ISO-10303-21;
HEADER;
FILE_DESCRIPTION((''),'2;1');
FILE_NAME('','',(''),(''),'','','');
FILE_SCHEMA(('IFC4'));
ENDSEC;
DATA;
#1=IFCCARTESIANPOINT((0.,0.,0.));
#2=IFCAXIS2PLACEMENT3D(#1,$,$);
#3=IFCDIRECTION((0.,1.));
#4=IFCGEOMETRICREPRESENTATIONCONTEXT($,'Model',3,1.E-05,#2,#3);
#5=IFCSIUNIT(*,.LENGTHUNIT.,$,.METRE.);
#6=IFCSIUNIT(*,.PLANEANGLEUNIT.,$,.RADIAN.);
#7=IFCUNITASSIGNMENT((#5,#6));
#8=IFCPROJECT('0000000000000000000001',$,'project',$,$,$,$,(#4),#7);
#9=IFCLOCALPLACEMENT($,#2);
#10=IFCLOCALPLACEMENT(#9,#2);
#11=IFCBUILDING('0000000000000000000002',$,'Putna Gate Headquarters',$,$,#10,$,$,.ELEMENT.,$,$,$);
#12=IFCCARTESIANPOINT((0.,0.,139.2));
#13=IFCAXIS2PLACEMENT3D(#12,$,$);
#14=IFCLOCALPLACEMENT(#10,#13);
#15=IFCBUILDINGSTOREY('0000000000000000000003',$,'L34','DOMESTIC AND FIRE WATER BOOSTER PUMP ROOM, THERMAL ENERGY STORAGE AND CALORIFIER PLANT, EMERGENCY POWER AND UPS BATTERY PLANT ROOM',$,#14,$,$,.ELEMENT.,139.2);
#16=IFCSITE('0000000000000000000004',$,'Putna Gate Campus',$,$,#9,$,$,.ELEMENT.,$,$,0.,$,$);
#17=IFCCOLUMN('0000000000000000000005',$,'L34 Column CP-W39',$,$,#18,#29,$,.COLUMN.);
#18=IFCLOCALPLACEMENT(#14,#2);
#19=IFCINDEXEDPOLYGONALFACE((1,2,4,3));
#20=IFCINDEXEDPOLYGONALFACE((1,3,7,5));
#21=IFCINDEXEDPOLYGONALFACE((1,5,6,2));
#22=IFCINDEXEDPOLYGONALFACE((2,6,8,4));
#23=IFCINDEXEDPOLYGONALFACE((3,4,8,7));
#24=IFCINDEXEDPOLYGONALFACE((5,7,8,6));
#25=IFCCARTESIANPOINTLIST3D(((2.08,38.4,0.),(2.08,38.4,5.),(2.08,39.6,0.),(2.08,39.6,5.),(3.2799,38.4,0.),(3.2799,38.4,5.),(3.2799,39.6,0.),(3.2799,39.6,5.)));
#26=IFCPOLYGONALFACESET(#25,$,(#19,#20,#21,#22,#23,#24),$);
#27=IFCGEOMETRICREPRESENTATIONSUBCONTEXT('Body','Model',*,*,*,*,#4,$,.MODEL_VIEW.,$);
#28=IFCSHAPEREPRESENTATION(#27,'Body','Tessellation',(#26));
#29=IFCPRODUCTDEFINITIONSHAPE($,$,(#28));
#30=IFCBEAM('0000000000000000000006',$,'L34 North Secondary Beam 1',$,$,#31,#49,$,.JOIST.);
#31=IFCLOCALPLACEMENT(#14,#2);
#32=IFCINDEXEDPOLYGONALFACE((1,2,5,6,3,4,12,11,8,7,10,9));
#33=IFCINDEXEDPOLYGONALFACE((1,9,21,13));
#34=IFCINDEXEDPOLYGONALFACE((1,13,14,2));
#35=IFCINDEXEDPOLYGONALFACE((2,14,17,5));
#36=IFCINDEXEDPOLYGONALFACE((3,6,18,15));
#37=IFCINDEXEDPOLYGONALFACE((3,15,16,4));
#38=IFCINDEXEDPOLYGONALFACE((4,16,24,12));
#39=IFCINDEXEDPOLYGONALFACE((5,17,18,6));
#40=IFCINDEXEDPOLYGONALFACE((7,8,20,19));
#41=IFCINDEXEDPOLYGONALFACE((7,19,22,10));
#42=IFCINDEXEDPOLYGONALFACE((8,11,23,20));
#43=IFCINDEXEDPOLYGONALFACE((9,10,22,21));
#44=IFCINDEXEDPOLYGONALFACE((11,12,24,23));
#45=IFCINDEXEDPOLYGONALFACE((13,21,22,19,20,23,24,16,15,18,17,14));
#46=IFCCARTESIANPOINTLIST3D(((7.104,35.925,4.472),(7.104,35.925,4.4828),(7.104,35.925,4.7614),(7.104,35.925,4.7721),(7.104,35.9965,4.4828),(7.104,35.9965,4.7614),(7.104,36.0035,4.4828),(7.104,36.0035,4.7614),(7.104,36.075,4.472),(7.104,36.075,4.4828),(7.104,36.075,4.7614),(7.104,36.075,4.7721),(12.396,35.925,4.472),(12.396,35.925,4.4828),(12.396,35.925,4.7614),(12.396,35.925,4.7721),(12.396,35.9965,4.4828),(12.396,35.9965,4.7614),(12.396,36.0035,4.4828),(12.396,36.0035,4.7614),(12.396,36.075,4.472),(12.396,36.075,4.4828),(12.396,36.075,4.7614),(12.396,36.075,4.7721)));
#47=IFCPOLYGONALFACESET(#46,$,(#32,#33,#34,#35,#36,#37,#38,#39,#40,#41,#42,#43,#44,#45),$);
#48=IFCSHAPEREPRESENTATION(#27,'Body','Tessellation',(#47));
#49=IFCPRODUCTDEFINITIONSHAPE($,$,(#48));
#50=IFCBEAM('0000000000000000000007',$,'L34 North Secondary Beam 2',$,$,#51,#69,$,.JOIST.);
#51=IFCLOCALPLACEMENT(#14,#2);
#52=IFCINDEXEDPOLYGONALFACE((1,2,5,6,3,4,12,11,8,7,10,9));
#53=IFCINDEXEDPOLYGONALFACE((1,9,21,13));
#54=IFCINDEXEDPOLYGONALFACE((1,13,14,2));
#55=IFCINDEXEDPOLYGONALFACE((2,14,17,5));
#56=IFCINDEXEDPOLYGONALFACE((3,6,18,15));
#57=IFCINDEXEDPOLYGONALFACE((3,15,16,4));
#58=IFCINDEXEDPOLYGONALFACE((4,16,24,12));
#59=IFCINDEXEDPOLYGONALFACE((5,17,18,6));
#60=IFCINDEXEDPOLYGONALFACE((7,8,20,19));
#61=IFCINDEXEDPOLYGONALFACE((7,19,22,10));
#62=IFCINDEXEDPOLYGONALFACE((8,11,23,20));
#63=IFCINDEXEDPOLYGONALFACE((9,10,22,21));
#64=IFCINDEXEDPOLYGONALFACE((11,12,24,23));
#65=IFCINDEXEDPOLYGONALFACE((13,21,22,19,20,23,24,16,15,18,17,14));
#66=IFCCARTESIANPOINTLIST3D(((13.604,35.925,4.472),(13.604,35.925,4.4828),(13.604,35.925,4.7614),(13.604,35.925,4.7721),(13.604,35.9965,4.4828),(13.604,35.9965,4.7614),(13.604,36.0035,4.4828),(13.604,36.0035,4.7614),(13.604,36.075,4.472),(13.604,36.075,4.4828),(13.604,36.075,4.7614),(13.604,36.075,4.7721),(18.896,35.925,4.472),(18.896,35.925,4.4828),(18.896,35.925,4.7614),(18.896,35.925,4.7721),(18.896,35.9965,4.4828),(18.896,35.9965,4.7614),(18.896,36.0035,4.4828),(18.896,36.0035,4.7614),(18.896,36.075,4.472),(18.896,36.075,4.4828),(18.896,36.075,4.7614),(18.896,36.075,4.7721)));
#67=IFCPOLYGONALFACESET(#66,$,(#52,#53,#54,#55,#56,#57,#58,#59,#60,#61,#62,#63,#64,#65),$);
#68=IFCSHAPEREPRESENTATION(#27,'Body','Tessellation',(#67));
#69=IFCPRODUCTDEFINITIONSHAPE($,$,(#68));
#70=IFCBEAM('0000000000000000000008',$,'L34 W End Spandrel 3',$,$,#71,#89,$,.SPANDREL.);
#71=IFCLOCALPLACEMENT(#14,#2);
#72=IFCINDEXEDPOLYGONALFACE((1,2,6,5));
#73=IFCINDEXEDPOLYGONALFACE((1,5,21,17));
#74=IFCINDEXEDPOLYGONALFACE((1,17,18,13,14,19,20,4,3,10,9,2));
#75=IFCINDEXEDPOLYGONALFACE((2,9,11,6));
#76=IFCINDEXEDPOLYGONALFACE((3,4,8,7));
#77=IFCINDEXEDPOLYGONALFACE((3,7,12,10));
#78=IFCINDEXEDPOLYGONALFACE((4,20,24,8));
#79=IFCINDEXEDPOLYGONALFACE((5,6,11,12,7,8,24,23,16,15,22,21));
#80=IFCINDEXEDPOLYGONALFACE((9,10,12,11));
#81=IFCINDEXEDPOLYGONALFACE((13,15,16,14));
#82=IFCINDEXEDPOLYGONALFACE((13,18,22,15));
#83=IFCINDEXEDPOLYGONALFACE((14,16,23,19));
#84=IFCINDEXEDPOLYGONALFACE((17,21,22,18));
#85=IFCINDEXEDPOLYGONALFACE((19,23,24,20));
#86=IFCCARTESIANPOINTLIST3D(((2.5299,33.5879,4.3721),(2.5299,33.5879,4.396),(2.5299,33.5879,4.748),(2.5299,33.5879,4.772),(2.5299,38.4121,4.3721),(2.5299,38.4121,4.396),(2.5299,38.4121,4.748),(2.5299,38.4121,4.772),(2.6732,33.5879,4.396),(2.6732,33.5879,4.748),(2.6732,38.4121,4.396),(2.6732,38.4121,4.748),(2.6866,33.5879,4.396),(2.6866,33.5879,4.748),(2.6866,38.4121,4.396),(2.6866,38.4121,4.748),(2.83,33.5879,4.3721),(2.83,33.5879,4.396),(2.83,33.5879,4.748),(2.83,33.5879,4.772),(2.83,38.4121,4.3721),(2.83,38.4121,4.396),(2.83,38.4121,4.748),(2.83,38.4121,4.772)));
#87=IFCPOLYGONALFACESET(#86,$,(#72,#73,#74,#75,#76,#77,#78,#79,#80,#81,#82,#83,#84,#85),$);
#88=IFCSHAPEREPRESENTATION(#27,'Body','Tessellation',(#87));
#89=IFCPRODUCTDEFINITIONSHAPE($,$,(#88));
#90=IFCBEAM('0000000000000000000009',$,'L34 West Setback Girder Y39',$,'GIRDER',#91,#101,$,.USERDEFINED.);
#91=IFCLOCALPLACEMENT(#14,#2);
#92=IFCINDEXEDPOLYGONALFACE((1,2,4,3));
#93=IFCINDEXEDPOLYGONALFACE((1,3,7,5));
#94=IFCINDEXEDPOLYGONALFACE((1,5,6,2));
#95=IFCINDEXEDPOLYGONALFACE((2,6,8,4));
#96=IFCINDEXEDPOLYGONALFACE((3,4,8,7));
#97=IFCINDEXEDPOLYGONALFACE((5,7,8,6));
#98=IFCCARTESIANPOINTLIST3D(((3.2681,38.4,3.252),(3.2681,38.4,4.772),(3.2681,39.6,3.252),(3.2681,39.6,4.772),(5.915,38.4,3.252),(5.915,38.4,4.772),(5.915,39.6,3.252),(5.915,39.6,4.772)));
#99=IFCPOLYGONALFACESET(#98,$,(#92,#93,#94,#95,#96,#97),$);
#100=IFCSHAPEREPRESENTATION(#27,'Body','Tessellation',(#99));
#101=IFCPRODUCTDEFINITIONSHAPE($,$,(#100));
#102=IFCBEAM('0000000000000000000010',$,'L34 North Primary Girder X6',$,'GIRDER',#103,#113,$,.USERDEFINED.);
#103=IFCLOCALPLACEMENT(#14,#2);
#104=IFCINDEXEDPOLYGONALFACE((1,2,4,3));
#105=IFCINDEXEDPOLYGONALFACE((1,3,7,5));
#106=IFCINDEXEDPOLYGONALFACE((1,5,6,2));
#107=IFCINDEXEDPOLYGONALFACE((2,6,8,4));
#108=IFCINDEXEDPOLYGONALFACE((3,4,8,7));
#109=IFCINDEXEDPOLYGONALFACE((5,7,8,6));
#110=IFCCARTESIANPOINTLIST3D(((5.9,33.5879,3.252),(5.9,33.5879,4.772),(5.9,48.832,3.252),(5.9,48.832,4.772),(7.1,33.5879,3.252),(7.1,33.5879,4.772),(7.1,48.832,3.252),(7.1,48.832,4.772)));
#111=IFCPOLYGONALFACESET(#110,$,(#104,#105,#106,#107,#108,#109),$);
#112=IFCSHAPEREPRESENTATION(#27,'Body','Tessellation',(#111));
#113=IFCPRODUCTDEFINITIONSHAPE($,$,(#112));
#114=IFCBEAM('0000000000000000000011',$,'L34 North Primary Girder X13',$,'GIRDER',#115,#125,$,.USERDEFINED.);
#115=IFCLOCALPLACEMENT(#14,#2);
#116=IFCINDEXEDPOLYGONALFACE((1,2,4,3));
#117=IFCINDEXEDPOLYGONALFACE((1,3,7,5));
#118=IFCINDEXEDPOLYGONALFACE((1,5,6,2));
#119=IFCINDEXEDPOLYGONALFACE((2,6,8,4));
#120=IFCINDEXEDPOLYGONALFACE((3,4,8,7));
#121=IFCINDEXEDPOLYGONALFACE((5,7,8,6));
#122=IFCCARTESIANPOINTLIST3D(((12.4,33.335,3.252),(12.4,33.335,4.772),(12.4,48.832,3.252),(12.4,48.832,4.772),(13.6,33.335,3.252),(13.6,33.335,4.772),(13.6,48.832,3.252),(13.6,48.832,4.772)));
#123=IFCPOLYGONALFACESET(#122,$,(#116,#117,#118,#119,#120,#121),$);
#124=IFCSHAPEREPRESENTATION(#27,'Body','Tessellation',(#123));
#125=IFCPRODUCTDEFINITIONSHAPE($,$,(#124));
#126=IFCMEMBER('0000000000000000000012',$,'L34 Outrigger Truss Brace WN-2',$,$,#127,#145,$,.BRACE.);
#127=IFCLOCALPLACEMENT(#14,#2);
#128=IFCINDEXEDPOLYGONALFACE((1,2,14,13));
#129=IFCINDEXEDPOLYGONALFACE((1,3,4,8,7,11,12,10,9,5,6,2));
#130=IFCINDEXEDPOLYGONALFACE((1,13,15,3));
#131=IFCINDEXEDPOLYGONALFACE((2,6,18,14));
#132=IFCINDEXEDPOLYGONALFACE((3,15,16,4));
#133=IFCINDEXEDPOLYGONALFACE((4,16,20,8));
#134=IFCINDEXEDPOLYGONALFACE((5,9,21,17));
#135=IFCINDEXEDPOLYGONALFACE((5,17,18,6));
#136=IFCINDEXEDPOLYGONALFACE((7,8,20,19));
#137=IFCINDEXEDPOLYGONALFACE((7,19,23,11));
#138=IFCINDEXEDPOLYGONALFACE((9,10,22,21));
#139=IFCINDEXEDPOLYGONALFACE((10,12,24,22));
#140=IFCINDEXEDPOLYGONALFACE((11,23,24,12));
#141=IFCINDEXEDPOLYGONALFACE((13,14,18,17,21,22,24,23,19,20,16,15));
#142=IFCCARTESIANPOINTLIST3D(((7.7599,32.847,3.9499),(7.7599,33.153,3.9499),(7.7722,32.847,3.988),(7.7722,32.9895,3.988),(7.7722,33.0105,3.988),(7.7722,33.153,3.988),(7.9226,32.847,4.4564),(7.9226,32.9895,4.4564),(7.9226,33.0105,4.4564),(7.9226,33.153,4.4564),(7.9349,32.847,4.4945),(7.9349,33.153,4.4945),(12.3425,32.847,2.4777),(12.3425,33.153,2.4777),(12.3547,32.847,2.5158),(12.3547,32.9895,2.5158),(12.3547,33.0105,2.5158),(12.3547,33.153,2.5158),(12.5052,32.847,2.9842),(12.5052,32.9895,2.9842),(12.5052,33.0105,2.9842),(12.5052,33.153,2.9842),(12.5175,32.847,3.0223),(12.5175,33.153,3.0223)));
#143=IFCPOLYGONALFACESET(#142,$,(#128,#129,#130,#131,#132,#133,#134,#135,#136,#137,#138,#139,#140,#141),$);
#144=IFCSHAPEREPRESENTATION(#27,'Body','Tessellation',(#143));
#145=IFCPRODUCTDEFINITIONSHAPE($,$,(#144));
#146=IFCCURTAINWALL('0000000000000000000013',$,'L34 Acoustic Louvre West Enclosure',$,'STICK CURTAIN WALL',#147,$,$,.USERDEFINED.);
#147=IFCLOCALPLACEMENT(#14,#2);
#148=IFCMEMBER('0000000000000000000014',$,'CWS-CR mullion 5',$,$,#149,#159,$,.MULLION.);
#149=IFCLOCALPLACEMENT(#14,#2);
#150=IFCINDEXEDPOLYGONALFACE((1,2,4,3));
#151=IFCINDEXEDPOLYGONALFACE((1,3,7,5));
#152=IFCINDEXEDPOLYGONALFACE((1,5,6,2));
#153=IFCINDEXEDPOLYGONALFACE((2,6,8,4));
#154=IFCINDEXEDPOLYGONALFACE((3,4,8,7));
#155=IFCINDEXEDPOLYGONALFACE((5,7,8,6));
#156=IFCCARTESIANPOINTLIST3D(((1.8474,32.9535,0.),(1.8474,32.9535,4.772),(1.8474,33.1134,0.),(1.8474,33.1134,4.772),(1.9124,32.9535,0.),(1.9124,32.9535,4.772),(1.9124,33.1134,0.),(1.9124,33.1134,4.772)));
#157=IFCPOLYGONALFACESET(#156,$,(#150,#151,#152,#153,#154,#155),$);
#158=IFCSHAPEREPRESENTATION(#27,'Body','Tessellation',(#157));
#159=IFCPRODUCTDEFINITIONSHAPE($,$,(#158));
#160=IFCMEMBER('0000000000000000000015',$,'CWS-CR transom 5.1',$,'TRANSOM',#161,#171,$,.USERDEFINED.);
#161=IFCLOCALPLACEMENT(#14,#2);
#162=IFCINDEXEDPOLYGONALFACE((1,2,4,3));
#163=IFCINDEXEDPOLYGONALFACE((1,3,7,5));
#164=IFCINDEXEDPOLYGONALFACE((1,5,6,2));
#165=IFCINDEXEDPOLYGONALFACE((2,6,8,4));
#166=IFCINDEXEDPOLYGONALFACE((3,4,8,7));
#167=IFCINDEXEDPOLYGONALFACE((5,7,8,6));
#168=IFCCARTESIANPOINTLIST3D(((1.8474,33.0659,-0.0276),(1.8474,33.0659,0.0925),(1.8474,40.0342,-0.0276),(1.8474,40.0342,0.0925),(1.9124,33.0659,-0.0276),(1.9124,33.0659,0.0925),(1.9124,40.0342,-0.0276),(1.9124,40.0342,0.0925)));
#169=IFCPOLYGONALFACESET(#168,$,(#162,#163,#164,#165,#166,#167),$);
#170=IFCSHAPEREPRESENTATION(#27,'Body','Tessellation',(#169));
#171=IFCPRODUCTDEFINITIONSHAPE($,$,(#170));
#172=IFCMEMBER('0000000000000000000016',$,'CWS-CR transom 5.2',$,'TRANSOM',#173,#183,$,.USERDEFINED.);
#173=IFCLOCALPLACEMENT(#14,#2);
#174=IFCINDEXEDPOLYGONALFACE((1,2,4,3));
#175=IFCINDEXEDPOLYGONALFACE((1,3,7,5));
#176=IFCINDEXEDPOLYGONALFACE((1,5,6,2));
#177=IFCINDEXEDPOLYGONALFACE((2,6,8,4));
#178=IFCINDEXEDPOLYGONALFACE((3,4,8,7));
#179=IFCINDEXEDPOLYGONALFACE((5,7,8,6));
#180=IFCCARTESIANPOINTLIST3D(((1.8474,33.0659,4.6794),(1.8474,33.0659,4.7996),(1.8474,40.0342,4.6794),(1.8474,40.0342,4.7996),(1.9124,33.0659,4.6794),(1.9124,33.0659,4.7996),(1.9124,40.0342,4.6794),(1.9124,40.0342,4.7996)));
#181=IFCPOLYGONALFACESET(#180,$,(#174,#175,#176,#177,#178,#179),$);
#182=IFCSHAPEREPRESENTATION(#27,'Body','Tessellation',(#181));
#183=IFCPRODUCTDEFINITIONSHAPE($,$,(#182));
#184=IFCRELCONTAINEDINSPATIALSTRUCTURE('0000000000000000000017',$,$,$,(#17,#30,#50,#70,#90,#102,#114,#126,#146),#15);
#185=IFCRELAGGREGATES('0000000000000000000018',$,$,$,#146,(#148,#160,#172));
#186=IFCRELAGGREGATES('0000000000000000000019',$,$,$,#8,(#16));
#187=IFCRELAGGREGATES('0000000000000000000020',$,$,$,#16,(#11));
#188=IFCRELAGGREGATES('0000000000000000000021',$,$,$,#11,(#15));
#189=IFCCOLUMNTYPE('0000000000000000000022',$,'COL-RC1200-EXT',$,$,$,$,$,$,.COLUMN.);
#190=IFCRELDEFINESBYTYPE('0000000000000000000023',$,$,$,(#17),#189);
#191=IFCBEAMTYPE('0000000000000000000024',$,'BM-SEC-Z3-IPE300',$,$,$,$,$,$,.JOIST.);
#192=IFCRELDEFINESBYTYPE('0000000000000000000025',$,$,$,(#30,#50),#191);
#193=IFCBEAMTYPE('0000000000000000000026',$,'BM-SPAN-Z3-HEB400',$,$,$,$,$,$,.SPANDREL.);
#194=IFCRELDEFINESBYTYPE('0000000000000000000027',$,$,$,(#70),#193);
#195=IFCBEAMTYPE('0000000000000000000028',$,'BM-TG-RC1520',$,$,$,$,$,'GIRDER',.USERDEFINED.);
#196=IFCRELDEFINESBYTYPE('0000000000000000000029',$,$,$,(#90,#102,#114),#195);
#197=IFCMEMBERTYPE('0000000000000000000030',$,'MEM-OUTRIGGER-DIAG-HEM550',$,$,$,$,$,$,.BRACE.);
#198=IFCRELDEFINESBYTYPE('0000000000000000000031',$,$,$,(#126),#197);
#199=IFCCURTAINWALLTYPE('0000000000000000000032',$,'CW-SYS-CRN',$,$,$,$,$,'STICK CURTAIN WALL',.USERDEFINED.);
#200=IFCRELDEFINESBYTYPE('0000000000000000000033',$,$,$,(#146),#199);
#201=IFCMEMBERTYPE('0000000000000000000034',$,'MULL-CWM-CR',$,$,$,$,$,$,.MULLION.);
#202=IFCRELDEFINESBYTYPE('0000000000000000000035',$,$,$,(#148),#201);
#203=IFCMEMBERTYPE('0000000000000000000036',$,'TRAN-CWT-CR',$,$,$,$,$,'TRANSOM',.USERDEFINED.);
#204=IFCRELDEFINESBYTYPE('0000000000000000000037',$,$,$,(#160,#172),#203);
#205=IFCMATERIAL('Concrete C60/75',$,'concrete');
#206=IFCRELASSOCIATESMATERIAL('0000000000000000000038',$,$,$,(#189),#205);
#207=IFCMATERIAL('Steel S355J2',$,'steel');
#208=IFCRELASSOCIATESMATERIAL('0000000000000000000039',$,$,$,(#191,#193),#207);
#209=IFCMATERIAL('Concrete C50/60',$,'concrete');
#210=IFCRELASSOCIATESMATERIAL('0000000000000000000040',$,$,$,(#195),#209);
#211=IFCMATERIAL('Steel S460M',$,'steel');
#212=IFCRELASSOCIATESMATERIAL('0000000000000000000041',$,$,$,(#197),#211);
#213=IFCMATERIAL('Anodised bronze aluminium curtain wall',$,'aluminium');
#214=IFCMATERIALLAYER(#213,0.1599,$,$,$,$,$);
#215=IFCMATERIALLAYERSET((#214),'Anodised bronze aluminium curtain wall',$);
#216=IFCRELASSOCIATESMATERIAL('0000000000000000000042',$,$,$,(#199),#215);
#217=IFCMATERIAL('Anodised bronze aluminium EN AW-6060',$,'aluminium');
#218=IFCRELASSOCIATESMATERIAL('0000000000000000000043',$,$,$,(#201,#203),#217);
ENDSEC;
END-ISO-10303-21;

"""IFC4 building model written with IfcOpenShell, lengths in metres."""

from ifc_helpers import new_model, si_unit, direction, frame, origin, origin_2d, place, context, subcontext, project, spatial, rectangle, i_section, extrude, material, layer, layer_set, material_profile, profile_set, type_object, element, aggregate, save


model = new_model("IFC4")

# Units and contexts
model_context = context("Model", 3, precision=1e-05, world=origin(), true_north=direction((0.0, 1.0)))
body_context = subcontext(model_context, "Body", "Model", "MODEL_VIEW")
ifc_project = project(units=[si_unit("LENGTHUNIT", "METRE"), si_unit("PLANEANGLEUNIT", "RADIAN")], contexts=[model_context])

# Site, building, storey
site_placement = place(None, origin())
site = spatial("IfcSite", under=ifc_project, at=site_placement, Name="Putna Gate Campus", CompositionType="ELEMENT", RefElevation=0.0)
building_placement = place(site_placement, origin())
building = spatial("IfcBuilding", under=site, at=building_placement, Name="Putna Gate Headquarters", CompositionType="ELEMENT")
storey_placement = place(building_placement, frame((0.0, 0.0, 139.2)))
storey = spatial("IfcBuildingStorey", under=building, at=storey_placement, Name="L34", Description="DOMESTIC AND FIRE WATER BOOSTER PUMP ROOM, THERMAL ENERGY STORAGE AND CALORIFIER PLANT, EMERGENCY POWER AND UPS BATTERY PLANT ROOM", CompositionType="ELEMENT", Elevation=139.2)

# Column
ifc_material_1 = material(Name="Concrete C60/75", Category="concrete")
ifc_material_profile_1 = material_profile(ifc_material_1, rectangle(XDim=1.2, YDim=1.2, at=origin_2d()), Name="Concrete C60/75")
ifc_profile_set_1 = profile_set([ifc_material_profile_1], Name="Concrete C60/75")
column_type = type_object("IfcColumnType", Name="COL-RC1200-EXT", PredefinedType="COLUMN", material=ifc_profile_set_1)
column_placement = place(storey_placement, frame((2.6799, 39.0, 0.0), z_axis=(0.0, 0.0, 1.0), x_axis=(1.0, 0.0, 0.0)))
element("IfcColumn", 1, at=column_placement, inside=storey, type_object=column_type, Name="L34 Column CP-W39", PredefinedType="COLUMN", context=body_context, shape_type="SweptSolid", body=[
    extrude(rectangle(XDim=1.2, YDim=1.2, at=origin_2d()), origin(), (0.0, 0.0, 1.0), 5.0),
])

# Beams
ifc_material_2 = material(Name="Steel S355J2", Category="steel")
ifc_material_profile_2 = material_profile(ifc_material_2, i_section(OverallWidth=0.1499, OverallDepth=0.3, WebThickness=0.0071, FlangeThickness=0.0107, at=origin_2d()), Name="Steel S355J2")
ifc_profile_set_2 = profile_set([ifc_material_profile_2], Name="Steel S355J2")
beam_type_1 = type_object("IfcBeamType", Name="BM-SEC-Z3-IPE300", PredefinedType="JOIST", material=ifc_profile_set_2)
for number, where, z_axis, x_axis, name in (
    (2, (7.104, 36.0, 4.6221), (1.0, 0.0, 0.0), (0.0, 1.0, 0.0), "L34 North Secondary Beam 1"),
    (3, (13.604, 36.0, 4.6221), (1.0, 0.0, 0.0), (0.0, 1.0, 0.0), "L34 North Secondary Beam 2"),
):
    element("IfcBeam", number, at=place(storey_placement, frame(where, z_axis=z_axis, x_axis=x_axis)), inside=storey, type_object=beam_type_1, Name=name, PredefinedType="JOIST", context=body_context, shape_type="SweptSolid", body=[
        extrude(i_section(OverallWidth=0.1499, OverallDepth=0.3, WebThickness=0.0071, FlangeThickness=0.0107, at=origin_2d()), origin(), (0.0, 0.0, 1.0), 5.292),
    ])
ifc_material_profile_3 = material_profile(ifc_material_2, i_section(OverallWidth=0.3, OverallDepth=0.3999, WebThickness=0.0134, FlangeThickness=0.0239, at=origin_2d()), Name="Steel S355J2")
ifc_profile_set_3 = profile_set([ifc_material_profile_3], Name="Steel S355J2")
beam_type_2 = type_object("IfcBeamType", Name="BM-SPAN-Z3-HEB400", PredefinedType="SPANDREL", material=ifc_profile_set_3)
beam_1_placement = place(storey_placement, frame((2.6799, 33.5879, 4.572), z_axis=(0.0, 1.0, 0.0), x_axis=(-1.0, 0.0, 0.0)))
element("IfcBeam", 4, at=beam_1_placement, inside=storey, type_object=beam_type_2, Name="L34 W End Spandrel 3", PredefinedType="SPANDREL", context=body_context, shape_type="SweptSolid", body=[
    extrude(i_section(OverallWidth=0.3, OverallDepth=0.3999, WebThickness=0.0134, FlangeThickness=0.0239, at=origin_2d()), origin(), (0.0, 0.0, 1.0), 4.8242),
])
ifc_material_3 = material(Name="Concrete C50/60", Category="concrete")
ifc_material_profile_4 = material_profile(ifc_material_3, rectangle(XDim=1.2, YDim=1.52, at=origin_2d()), Name="Concrete C50/60")
ifc_profile_set_4 = profile_set([ifc_material_profile_4], Name="Concrete C50/60")
beam_type_3 = type_object("IfcBeamType", Name="BM-TG-RC1520", ElementType="GIRDER", PredefinedType="USERDEFINED", material=ifc_profile_set_4)
beam_2_placement = place(storey_placement, frame((3.2681, 39.0, 4.012), z_axis=(1.0, 0.0, 0.0), x_axis=(0.0, 1.0, 0.0)))
element("IfcBeam", 5, at=beam_2_placement, inside=storey, type_object=beam_type_3, Name="L34 West Setback Girder Y39", ObjectType="GIRDER", PredefinedType="USERDEFINED", context=body_context, shape_type="SweptSolid", body=[
    extrude(rectangle(XDim=1.2, YDim=1.52, at=origin_2d()), origin(), (0.0, 0.0, 1.0), 2.647),
])
beam_3_placement = place(storey_placement, frame((6.5, 33.5879, 4.012), z_axis=(0.0, 1.0, 0.0), x_axis=(-1.0, 0.0, 0.0)))
element("IfcBeam", 6, at=beam_3_placement, inside=storey, type_object=beam_type_3, Name="L34 North Primary Girder X6", ObjectType="GIRDER", PredefinedType="USERDEFINED", context=body_context, shape_type="SweptSolid", body=[
    extrude(rectangle(XDim=1.2, YDim=1.52, at=origin_2d()), origin(), (0.0, 0.0, 1.0), 15.2441),
])
beam_4_placement = place(storey_placement, frame((13.0, 33.335, 4.012), z_axis=(0.0, 1.0, 0.0), x_axis=(-1.0, 0.0, 0.0)))
element("IfcBeam", 7, at=beam_4_placement, inside=storey, type_object=beam_type_3, Name="L34 North Primary Girder X13", ObjectType="GIRDER", PredefinedType="USERDEFINED", context=body_context, shape_type="SweptSolid", body=[
    extrude(rectangle(XDim=1.2, YDim=1.52, at=origin_2d()), origin(), (0.0, 0.0, 1.0), 15.4971),
])

# Member
ifc_material_4 = material(Name="Steel S460M", Category="steel")
ifc_material_profile_5 = material_profile(ifc_material_4, i_section(OverallWidth=0.3059, OverallDepth=0.572, WebThickness=0.021, FlangeThickness=0.04, at=origin_2d()), Name="Steel S460M")
ifc_profile_set_5 = profile_set([ifc_material_profile_5], Name="Steel S460M")
member_type_1 = type_object("IfcMemberType", Name="MEM-OUTRIGGER-DIAG-HEM550", PredefinedType="BRACE", material=ifc_profile_set_5)
member_1_placement = place(storey_placement, frame((7.8474, 33.0, 4.2222), z_axis=(0.952076, 0.0, -0.305861), x_axis=(0.0, 1.0, 0.0)))
element("IfcMember", 8, at=member_1_placement, inside=storey, type_object=member_type_1, Name="L34 Outrigger Truss Brace WN-2", PredefinedType="BRACE", context=body_context, shape_type="SweptSolid", body=[
    extrude(i_section(OverallWidth=0.3059, OverallDepth=0.572, WebThickness=0.021, FlangeThickness=0.04, at=origin_2d()), origin(), (0.0, 0.0, 1.0), 4.8132),
])

# Curtain wall, members
ifc_material_5 = material(Name="Anodised bronze aluminium curtain wall", Category="aluminium")
ifc_layer_1 = layer(ifc_material_5, 0.1599)
ifc_layer_set_1 = layer_set([ifc_layer_1], Name="Anodised bronze aluminium curtain wall")
curtain_wall_type = type_object("IfcCurtainWallType", Name="CW-SYS-CRN", ElementType="STICK CURTAIN WALL", PredefinedType="USERDEFINED", material=ifc_layer_set_1)
curtain_wall_placement = place(storey_placement, origin())
curtain_wall = element("IfcCurtainWall", 9, at=curtain_wall_placement, inside=storey, type_object=curtain_wall_type, Name="L34 Acoustic Louvre West Enclosure", ObjectType="STICK CURTAIN WALL", PredefinedType="USERDEFINED")
ifc_material_6 = material(Name="Anodised bronze aluminium EN AW-6060", Category="aluminium")
ifc_material_profile_6 = material_profile(ifc_material_6, rectangle(XDim=0.0649, YDim=0.1599, at=origin_2d()), Name="Anodised bronze aluminium EN AW-6060")
ifc_profile_set_6 = profile_set([ifc_material_profile_6], Name="Anodised bronze aluminium EN AW-6060")
member_type_2 = type_object("IfcMemberType", Name="MULL-CWM-CR", PredefinedType="MULLION", material=ifc_profile_set_6)
member_2_placement = place(storey_placement, frame((1.8799, 33.0334, 0.0), z_axis=(0.0, 0.0, 1.0), x_axis=(-1.0, 0.0, 0.0)))
member_2 = element("IfcMember", 10, at=member_2_placement, type_object=member_type_2, Name="CWS-CR mullion 5", PredefinedType="MULLION", context=body_context, shape_type="SweptSolid", body=[
    extrude(rectangle(XDim=0.0649, YDim=0.1599, at=origin_2d()), origin(), (0.0, 0.0, 1.0), 4.772),
])
ifc_material_profile_7 = material_profile(ifc_material_6, rectangle(XDim=0.0649, YDim=0.1201, at=origin_2d()), Name="Anodised bronze aluminium EN AW-6060")
ifc_profile_set_7 = profile_set([ifc_material_profile_7], Name="Anodised bronze aluminium EN AW-6060")
member_type_3 = type_object("IfcMemberType", Name="TRAN-CWT-CR", ElementType="TRANSOM", PredefinedType="USERDEFINED", material=ifc_profile_set_7)
member_3_placement = place(storey_placement, frame((1.8799, 33.0659, 0.0325), z_axis=(0.0, 1.0, 0.0), x_axis=(-1.0, 0.0, 0.0)))
member_3 = element("IfcMember", 11, at=member_3_placement, type_object=member_type_3, Name="CWS-CR transom 5.1", ObjectType="TRANSOM", PredefinedType="USERDEFINED", context=body_context, shape_type="SweptSolid", body=[
    extrude(rectangle(XDim=0.0649, YDim=0.1201, at=origin_2d()), origin(), (0.0, 0.0, 1.0), 6.9683),
])
member_4_placement = place(storey_placement, frame((1.8799, 33.0659, 4.7395), z_axis=(0.0, 1.0, 0.0), x_axis=(-1.0, 0.0, 0.0)))
member_4 = element("IfcMember", 12, at=member_4_placement, type_object=member_type_3, Name="CWS-CR transom 5.2", ObjectType="TRANSOM", PredefinedType="USERDEFINED", context=body_context, shape_type="SweptSolid", body=[
    extrude(rectangle(XDim=0.0649, YDim=0.1201, at=origin_2d()), origin(), (0.0, 0.0, 1.0), 6.9683),
])
aggregate(curtain_wall, [member_2, member_3, member_4])

save(model, "model.ifc")
